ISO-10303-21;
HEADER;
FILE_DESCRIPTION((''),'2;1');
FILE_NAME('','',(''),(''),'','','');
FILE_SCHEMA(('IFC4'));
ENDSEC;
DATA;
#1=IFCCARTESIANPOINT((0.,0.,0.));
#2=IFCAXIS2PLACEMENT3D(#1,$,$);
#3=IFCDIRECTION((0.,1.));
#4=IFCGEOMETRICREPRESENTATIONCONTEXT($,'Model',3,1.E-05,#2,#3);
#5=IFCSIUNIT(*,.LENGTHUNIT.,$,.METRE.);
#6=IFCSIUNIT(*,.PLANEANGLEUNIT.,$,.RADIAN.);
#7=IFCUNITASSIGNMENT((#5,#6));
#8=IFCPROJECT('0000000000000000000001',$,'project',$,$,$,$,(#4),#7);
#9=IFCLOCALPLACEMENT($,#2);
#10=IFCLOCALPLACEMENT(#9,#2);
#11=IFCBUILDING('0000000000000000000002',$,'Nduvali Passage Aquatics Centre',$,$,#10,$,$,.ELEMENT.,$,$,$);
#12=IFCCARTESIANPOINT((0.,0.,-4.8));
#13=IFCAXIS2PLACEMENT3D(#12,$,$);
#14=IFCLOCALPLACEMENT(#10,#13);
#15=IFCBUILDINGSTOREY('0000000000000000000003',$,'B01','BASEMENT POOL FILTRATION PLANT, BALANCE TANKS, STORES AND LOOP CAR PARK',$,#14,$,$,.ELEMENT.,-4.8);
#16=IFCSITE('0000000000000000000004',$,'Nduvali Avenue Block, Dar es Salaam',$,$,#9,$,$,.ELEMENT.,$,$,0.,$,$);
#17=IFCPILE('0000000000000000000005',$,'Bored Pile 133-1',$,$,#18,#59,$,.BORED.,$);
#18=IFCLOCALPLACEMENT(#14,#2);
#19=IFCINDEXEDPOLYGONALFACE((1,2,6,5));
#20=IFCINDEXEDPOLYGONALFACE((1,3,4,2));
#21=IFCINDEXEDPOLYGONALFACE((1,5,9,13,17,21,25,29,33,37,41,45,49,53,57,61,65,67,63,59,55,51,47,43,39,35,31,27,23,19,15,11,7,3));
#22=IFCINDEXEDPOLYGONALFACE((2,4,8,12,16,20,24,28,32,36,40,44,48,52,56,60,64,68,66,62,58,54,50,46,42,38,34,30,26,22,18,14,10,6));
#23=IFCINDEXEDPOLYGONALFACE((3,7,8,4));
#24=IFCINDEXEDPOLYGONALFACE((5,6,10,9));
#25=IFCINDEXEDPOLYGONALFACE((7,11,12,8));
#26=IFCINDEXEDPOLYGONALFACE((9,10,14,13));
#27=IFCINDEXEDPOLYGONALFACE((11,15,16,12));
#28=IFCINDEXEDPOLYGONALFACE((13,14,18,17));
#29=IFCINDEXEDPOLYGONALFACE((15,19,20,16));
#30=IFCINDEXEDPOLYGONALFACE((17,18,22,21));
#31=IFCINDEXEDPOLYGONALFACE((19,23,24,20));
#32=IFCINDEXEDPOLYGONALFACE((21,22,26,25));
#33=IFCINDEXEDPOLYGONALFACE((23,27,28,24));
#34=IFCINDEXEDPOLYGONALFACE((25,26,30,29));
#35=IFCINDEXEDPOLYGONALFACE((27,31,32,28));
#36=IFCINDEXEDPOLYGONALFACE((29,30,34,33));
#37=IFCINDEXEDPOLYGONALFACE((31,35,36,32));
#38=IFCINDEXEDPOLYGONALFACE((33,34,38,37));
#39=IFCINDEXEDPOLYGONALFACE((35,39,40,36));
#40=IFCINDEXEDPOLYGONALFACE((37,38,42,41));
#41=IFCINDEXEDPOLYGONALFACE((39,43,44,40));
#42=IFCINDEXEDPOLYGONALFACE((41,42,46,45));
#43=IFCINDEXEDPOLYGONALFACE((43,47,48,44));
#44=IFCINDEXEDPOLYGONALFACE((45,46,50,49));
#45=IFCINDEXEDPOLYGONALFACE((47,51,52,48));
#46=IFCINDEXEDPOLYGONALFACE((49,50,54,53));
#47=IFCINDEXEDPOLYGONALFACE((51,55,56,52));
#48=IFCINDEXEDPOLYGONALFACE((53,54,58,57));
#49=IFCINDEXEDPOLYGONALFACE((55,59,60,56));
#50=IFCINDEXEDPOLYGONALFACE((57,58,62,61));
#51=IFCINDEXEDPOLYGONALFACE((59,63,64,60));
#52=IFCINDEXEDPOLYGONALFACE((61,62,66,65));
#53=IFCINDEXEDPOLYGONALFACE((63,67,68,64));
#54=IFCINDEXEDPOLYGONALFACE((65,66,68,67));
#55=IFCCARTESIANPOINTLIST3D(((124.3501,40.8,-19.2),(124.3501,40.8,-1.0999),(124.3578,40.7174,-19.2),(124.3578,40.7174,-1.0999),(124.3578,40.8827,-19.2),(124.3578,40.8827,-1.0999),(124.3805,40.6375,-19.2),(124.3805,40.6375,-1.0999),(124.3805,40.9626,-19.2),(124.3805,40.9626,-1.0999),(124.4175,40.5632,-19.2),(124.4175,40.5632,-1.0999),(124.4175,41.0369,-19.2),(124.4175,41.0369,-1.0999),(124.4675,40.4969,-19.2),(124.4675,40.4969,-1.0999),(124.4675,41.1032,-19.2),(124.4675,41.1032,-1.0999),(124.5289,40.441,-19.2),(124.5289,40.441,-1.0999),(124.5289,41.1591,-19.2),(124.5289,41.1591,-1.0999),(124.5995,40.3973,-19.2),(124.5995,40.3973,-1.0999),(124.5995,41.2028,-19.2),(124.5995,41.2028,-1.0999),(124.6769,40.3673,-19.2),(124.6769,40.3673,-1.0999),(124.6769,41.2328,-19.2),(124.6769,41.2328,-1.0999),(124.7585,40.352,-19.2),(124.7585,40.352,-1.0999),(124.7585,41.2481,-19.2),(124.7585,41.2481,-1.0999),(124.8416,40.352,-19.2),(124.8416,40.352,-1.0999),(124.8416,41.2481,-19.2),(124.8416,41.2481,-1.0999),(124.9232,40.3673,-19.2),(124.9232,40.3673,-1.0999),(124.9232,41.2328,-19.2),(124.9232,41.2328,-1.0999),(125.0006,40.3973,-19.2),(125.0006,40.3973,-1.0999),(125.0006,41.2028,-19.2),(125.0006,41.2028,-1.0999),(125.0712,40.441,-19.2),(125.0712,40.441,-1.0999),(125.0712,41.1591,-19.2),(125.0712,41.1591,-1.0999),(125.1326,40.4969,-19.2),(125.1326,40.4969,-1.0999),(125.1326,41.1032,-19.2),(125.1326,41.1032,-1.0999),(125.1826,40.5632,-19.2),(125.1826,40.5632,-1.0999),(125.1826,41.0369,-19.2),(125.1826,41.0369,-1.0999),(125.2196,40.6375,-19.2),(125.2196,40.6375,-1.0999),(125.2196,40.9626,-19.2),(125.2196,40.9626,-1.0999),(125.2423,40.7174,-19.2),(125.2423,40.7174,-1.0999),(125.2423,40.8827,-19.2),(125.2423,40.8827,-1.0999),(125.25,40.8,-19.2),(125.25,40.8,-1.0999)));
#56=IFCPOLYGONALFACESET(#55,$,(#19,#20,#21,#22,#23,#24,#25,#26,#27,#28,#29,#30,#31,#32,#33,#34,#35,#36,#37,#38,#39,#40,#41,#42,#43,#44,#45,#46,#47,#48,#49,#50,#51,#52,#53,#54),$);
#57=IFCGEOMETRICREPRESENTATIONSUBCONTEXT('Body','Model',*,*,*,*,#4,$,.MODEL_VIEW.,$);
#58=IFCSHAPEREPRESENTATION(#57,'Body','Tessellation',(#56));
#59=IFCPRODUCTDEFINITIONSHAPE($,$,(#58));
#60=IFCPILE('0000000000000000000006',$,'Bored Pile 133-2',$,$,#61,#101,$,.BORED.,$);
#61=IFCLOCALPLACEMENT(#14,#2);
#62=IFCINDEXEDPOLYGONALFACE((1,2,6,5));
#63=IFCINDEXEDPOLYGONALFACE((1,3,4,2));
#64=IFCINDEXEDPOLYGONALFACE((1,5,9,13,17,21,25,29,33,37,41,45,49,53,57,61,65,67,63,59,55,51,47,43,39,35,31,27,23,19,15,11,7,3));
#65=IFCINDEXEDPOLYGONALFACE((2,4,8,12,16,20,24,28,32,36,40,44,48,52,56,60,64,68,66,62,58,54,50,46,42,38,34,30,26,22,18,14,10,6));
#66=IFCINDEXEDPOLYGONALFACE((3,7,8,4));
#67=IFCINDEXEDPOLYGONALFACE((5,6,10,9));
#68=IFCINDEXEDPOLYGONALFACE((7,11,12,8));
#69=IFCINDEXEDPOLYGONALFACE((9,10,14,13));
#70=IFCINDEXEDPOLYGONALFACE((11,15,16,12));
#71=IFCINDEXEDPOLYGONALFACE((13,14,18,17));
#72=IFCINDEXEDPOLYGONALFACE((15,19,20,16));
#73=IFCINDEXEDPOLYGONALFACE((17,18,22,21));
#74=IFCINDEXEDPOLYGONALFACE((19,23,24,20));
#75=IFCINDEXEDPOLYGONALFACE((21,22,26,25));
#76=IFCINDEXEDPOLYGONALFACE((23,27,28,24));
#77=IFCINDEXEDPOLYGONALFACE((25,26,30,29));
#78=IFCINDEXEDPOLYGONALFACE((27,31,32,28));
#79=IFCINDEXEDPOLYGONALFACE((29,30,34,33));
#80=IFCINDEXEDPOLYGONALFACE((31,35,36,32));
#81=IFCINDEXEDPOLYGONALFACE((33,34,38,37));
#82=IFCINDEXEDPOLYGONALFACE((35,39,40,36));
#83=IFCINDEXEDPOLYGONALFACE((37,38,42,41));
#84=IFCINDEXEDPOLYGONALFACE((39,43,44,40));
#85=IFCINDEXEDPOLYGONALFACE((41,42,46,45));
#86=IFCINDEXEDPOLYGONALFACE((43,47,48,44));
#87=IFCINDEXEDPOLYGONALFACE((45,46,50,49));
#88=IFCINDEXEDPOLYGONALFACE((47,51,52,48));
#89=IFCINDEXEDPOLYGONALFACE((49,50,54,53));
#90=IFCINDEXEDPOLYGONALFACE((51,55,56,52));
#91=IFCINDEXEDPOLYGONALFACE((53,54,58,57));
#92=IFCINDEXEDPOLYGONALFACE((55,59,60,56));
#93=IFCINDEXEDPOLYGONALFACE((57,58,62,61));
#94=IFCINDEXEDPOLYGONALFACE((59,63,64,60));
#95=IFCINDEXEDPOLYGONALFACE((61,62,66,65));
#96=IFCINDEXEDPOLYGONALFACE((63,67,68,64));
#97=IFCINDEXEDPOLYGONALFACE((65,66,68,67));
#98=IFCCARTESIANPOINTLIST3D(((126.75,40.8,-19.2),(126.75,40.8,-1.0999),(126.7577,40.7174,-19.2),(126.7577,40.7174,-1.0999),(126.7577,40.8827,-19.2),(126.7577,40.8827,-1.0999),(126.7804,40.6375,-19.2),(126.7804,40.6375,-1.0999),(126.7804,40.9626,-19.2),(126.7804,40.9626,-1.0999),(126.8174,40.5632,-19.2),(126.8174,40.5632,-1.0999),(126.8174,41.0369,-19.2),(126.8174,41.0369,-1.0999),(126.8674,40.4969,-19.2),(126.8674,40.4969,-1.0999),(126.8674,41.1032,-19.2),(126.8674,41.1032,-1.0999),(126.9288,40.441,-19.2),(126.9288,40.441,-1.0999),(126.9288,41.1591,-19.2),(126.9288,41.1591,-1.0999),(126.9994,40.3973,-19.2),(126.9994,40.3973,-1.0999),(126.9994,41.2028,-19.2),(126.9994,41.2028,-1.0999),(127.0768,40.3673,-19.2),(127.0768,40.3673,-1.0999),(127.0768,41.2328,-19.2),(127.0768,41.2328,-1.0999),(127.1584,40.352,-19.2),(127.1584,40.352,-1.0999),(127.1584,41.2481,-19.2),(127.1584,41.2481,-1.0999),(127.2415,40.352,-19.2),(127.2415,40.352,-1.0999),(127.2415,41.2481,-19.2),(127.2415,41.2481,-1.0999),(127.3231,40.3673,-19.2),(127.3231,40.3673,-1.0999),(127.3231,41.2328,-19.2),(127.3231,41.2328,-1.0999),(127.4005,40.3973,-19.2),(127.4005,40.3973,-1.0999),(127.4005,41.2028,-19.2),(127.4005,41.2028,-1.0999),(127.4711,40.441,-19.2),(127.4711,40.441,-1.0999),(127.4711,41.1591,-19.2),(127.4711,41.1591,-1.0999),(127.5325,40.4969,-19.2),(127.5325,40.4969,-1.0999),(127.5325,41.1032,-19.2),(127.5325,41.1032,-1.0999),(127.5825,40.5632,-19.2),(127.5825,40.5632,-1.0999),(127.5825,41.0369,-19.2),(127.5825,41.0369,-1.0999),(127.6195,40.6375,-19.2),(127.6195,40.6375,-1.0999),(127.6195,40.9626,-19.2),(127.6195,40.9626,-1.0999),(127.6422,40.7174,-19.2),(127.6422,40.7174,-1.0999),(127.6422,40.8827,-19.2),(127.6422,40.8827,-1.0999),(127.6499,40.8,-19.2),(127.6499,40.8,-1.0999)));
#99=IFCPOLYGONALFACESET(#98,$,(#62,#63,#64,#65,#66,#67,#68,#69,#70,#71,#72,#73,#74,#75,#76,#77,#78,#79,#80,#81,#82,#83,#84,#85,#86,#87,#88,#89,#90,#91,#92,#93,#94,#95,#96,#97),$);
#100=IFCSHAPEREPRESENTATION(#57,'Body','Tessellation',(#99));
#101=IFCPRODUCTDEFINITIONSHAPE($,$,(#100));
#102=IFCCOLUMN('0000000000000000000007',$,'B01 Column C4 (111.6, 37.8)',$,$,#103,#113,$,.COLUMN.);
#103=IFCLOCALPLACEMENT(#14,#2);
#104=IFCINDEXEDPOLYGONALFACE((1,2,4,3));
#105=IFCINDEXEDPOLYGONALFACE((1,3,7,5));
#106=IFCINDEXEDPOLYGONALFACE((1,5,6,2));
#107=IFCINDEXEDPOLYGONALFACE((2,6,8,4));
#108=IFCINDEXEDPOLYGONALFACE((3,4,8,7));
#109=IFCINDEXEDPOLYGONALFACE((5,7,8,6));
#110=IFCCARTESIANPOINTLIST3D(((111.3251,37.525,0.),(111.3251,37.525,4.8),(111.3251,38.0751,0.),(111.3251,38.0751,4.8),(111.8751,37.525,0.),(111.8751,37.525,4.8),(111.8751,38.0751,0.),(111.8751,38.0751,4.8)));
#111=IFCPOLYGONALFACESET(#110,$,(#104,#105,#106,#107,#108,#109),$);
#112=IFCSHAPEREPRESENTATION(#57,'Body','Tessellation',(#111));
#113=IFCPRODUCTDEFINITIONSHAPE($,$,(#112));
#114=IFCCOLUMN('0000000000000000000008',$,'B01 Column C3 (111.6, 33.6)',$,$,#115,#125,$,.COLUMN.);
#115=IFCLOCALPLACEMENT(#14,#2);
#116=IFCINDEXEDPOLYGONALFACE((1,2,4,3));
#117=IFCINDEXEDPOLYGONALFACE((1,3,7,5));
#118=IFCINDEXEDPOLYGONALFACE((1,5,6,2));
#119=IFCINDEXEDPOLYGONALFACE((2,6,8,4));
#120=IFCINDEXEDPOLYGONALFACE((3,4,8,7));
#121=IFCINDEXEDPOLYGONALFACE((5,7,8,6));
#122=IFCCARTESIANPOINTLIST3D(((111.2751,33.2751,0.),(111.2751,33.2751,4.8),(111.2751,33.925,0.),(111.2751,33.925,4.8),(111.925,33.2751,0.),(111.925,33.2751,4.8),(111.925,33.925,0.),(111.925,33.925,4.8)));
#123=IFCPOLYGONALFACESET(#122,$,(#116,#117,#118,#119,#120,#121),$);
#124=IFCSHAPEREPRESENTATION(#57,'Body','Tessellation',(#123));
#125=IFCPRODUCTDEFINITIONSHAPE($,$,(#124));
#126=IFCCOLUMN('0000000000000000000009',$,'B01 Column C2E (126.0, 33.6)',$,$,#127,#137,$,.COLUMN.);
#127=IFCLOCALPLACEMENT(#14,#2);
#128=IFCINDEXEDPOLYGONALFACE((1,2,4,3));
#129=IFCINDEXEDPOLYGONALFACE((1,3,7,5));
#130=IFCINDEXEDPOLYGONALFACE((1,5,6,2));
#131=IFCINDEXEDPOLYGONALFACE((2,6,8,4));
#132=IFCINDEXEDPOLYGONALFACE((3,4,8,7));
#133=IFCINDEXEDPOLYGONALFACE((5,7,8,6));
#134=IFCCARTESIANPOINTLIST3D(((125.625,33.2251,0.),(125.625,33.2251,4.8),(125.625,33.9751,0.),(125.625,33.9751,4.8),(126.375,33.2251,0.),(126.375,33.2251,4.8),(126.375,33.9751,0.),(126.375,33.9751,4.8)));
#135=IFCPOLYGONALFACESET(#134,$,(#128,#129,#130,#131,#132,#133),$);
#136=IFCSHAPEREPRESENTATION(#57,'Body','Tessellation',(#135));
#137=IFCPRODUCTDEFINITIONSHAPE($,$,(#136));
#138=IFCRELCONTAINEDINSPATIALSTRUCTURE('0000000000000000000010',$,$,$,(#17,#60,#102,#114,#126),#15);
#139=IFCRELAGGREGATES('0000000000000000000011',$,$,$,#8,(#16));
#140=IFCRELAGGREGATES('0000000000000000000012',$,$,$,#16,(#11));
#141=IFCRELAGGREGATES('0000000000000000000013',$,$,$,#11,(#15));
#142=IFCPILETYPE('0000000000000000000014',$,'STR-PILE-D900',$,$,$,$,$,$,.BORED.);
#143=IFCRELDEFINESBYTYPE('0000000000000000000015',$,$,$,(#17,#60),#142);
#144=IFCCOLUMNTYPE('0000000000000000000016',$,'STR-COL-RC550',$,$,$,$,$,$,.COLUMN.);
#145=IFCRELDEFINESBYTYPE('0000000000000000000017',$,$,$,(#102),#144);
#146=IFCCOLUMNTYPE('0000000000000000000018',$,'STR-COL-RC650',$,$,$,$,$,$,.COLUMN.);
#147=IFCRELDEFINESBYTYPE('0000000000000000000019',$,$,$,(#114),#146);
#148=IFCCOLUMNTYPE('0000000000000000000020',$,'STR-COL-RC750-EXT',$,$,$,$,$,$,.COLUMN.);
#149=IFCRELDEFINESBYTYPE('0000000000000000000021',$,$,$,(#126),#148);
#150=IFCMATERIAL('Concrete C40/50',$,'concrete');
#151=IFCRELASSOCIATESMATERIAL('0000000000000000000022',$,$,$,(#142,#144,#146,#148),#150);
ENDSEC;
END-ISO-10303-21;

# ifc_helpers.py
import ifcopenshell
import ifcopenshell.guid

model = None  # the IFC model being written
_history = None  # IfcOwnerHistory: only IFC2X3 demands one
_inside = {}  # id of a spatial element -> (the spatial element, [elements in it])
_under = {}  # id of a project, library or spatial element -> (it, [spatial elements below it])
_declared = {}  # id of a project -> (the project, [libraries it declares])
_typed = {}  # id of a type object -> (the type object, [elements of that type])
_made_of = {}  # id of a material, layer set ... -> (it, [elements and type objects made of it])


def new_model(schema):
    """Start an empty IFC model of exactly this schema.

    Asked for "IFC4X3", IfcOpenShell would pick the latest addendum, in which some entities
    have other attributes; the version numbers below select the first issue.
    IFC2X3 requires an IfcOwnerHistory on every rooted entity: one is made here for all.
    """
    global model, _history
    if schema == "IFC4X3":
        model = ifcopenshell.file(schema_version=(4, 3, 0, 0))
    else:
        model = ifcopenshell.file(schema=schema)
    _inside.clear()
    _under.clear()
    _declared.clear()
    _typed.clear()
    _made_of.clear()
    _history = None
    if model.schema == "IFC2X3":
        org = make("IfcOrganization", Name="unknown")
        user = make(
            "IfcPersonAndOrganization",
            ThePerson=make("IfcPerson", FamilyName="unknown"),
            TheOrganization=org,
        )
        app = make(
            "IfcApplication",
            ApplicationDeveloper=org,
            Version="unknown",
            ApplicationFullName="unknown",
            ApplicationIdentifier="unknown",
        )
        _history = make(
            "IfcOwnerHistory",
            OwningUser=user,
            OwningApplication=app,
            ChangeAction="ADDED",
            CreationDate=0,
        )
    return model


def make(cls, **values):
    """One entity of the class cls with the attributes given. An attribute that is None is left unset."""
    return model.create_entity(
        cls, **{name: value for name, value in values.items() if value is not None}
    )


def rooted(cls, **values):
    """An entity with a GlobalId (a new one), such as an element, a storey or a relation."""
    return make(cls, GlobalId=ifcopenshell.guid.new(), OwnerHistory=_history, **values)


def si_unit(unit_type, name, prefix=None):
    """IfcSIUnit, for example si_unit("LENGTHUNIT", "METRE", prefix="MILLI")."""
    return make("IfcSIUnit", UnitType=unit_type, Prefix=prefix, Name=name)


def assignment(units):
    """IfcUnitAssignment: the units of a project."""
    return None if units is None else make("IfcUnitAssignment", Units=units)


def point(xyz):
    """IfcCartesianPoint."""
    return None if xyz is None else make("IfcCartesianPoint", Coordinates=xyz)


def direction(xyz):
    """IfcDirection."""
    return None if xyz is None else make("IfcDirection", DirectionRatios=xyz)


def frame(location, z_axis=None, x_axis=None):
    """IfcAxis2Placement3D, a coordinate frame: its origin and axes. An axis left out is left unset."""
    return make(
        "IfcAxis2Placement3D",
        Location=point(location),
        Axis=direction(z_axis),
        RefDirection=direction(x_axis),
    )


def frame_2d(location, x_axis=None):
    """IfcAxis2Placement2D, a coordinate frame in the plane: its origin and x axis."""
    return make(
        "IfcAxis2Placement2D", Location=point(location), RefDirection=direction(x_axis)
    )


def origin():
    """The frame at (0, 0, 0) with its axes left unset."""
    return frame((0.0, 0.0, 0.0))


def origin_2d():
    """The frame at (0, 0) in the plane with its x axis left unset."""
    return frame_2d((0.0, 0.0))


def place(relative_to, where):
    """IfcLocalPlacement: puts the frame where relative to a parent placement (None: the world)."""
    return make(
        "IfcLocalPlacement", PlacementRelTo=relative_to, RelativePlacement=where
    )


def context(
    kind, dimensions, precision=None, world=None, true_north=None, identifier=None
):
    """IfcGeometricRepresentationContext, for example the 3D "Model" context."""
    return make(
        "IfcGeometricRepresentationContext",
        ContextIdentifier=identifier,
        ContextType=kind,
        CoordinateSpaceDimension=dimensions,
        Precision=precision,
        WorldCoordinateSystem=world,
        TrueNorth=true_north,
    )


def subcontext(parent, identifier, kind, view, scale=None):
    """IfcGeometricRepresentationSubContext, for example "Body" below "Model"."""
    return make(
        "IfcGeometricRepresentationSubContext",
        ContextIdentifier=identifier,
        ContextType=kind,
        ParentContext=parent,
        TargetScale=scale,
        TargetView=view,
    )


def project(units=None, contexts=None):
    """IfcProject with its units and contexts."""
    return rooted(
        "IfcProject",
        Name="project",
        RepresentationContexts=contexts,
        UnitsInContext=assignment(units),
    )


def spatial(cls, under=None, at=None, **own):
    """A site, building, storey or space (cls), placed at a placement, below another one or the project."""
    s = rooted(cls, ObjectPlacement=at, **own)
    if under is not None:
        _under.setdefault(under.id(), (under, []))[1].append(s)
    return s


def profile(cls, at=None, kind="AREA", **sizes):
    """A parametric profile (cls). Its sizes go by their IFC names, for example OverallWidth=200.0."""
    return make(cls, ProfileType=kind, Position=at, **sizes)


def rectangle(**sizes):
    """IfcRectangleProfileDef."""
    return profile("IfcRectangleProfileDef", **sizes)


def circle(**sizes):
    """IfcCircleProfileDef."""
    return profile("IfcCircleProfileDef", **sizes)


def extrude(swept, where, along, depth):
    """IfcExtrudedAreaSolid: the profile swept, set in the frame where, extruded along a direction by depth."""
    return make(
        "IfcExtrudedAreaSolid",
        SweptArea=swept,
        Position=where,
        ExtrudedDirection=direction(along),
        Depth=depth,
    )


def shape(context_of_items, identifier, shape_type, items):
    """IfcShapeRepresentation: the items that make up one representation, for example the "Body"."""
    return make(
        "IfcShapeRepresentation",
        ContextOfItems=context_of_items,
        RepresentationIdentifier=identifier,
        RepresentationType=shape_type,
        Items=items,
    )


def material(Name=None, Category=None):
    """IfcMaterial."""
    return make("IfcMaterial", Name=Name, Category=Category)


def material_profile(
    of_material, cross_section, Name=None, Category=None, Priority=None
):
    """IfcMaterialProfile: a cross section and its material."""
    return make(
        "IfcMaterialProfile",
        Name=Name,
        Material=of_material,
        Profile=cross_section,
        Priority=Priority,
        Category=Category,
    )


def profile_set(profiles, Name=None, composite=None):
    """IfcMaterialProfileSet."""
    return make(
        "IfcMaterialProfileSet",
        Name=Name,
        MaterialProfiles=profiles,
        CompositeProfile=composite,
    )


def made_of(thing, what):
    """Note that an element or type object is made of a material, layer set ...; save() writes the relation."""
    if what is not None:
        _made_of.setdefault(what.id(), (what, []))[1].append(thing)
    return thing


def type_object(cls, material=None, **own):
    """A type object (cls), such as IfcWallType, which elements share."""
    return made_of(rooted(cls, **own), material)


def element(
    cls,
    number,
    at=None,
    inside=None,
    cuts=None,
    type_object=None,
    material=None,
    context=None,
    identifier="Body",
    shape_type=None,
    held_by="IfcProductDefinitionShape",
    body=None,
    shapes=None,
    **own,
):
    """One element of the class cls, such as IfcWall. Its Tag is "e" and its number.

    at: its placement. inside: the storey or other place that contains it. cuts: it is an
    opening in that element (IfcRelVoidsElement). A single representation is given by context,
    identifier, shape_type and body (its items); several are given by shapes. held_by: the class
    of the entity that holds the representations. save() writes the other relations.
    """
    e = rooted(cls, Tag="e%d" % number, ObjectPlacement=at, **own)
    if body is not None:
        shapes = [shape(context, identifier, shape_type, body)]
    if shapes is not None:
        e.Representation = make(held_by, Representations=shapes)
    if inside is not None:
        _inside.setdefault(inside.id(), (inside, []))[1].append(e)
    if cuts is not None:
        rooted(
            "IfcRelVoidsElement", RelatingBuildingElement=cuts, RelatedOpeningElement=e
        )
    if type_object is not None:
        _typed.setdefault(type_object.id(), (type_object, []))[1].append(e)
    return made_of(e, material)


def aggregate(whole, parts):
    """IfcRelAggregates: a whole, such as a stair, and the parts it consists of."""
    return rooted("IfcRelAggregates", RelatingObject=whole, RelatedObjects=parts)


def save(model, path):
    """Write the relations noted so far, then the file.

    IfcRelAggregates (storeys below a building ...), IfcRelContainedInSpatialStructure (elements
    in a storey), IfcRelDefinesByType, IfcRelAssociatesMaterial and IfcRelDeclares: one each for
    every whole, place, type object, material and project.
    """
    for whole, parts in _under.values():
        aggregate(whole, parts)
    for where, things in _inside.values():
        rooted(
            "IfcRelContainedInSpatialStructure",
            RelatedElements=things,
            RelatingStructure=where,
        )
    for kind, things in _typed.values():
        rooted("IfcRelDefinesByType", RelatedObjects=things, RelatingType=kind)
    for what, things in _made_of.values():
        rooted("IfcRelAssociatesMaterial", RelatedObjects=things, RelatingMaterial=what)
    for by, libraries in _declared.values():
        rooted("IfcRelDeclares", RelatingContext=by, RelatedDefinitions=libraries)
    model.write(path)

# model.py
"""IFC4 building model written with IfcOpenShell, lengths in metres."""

from ifc_helpers import new_model, si_unit, direction, frame, origin, origin_2d, place, context, subcontext, project, spatial, rectangle, circle, extrude, material, material_profile, profile_set, type_object, element, save


model = new_model("IFC4")

# Units and contexts
model_context = context("Model", 3, precision=1e-05, world=origin(), true_north=direction((0.0, 1.0)))
body_context = subcontext(model_context, "Body", "Model", "MODEL_VIEW")
ifc_project = project(units=[si_unit("LENGTHUNIT", "METRE"), si_unit("PLANEANGLEUNIT", "RADIAN")], contexts=[model_context])

# Site, building, storey
site_placement = place(None, origin())
site = spatial("IfcSite", under=ifc_project, at=site_placement, Name="Nduvali Avenue Block, Dar es Salaam", CompositionType="ELEMENT", RefElevation=0.0)
building_placement = place(site_placement, origin())
building = spatial("IfcBuilding", under=site, at=building_placement, Name="Nduvali Passage Aquatics Centre", CompositionType="ELEMENT")
storey_placement = place(building_placement, frame((0.0, 0.0, -4.8)))
storey = spatial("IfcBuildingStorey", under=building, at=storey_placement, Name="B01", Description="BASEMENT POOL FILTRATION PLANT, BALANCE TANKS, STORES AND LOOP CAR PARK", CompositionType="ELEMENT", Elevation=-4.8)

# Shared definitions
ifc_material = material(Name="Concrete C40/50", Category="concrete")

# Piles
ifc_material_profile_1 = material_profile(ifc_material, circle(Radius=0.45, at=origin_2d()), Name="PILE D900")
ifc_profile_set_1 = profile_set([ifc_material_profile_1], Name="Concrete C40/50")
pile_type_1 = type_object("IfcPileType", Name="STR-PILE-D900", PredefinedType="BORED", material=ifc_profile_set_1)
for number, where, z_axis, x_axis, name in (
    (1, (124.8, 40.8, -1.0999), (0.0, 0.0, -1.0), (1.0, 0.0, 0.0), "Bored Pile 133-1"),
    (2, (127.2, 40.8, -1.0999), (0.0, 0.0, -1.0), (1.0, 0.0, 0.0), "Bored Pile 133-2"),
):
    element("IfcPile", number, at=place(storey_placement, frame(where, z_axis=z_axis, x_axis=x_axis)), inside=storey, type_object=pile_type_1, Name=name, PredefinedType="BORED", context=body_context, shape_type="SweptSolid", body=[
        extrude(circle(Radius=0.45, at=origin_2d()), origin(), (0.0, 0.0, 1.0), 18.1001),
    ])

# Columns
ifc_material_profile_2 = material_profile(ifc_material, rectangle(XDim=0.55, YDim=0.55, at=origin_2d()), Name="RC 550x550")
ifc_profile_set_2 = profile_set([ifc_material_profile_2], Name="Concrete C40/50")
column_type_1 = type_object("IfcColumnType", Name="STR-COL-RC550", PredefinedType="COLUMN", material=ifc_profile_set_2)
column_1_placement = place(storey_placement, frame((111.6001, 37.8, 0.0), z_axis=(0.0, 0.0, 1.0), x_axis=(1.0, 0.0, 0.0)))
element("IfcColumn", 3, at=column_1_placement, inside=storey, type_object=column_type_1, Name="B01 Column C4 (111.6, 37.8)", PredefinedType="COLUMN", context=body_context, shape_type="SweptSolid", body=[
    extrude(rectangle(XDim=0.55, YDim=0.55, at=origin_2d()), origin(), (0.0, 0.0, 1.0), 4.8),
])
ifc_material_profile_3 = material_profile(ifc_material, rectangle(XDim=0.6499, YDim=0.6499, at=origin_2d()), Name="RC 650x650")
ifc_profile_set_3 = profile_set([ifc_material_profile_3], Name="Concrete C40/50")
column_type_2 = type_object("IfcColumnType", Name="STR-COL-RC650", PredefinedType="COLUMN", material=ifc_profile_set_3)
column_2_placement = place(storey_placement, frame((111.6001, 33.6001, 0.0), z_axis=(0.0, 0.0, 1.0), x_axis=(1.0, 0.0, 0.0)))
element("IfcColumn", 4, at=column_2_placement, inside=storey, type_object=column_type_2, Name="B01 Column C3 (111.6, 33.6)", PredefinedType="COLUMN", context=body_context, shape_type="SweptSolid", body=[
    extrude(rectangle(XDim=0.6499, YDim=0.6499, at=origin_2d()), origin(), (0.0, 0.0, 1.0), 4.8),
])
ifc_material_profile_4 = material_profile(ifc_material, rectangle(XDim=0.75, YDim=0.75, at=origin_2d()), Name="RC 750x750")
ifc_profile_set_4 = profile_set([ifc_material_profile_4], Name="Concrete C40/50")
column_type_3 = type_object("IfcColumnType", Name="STR-COL-RC750-EXT", PredefinedType="COLUMN", material=ifc_profile_set_4)
column_3_placement = place(storey_placement, frame((126.0, 33.6001, 0.0), z_axis=(0.0, 0.0, 1.0), x_axis=(1.0, 0.0, 0.0)))
element("IfcColumn", 5, at=column_3_placement, inside=storey, type_object=column_type_3, Name="B01 Column C2E (126.0, 33.6)", PredefinedType="COLUMN", context=body_context, shape_type="SweptSolid", body=[
    extrude(rectangle(XDim=0.75, YDim=0.75, at=origin_2d()), origin(), (0.0, 0.0, 1.0), 4.8),
])

save(model, "model.ifc")
